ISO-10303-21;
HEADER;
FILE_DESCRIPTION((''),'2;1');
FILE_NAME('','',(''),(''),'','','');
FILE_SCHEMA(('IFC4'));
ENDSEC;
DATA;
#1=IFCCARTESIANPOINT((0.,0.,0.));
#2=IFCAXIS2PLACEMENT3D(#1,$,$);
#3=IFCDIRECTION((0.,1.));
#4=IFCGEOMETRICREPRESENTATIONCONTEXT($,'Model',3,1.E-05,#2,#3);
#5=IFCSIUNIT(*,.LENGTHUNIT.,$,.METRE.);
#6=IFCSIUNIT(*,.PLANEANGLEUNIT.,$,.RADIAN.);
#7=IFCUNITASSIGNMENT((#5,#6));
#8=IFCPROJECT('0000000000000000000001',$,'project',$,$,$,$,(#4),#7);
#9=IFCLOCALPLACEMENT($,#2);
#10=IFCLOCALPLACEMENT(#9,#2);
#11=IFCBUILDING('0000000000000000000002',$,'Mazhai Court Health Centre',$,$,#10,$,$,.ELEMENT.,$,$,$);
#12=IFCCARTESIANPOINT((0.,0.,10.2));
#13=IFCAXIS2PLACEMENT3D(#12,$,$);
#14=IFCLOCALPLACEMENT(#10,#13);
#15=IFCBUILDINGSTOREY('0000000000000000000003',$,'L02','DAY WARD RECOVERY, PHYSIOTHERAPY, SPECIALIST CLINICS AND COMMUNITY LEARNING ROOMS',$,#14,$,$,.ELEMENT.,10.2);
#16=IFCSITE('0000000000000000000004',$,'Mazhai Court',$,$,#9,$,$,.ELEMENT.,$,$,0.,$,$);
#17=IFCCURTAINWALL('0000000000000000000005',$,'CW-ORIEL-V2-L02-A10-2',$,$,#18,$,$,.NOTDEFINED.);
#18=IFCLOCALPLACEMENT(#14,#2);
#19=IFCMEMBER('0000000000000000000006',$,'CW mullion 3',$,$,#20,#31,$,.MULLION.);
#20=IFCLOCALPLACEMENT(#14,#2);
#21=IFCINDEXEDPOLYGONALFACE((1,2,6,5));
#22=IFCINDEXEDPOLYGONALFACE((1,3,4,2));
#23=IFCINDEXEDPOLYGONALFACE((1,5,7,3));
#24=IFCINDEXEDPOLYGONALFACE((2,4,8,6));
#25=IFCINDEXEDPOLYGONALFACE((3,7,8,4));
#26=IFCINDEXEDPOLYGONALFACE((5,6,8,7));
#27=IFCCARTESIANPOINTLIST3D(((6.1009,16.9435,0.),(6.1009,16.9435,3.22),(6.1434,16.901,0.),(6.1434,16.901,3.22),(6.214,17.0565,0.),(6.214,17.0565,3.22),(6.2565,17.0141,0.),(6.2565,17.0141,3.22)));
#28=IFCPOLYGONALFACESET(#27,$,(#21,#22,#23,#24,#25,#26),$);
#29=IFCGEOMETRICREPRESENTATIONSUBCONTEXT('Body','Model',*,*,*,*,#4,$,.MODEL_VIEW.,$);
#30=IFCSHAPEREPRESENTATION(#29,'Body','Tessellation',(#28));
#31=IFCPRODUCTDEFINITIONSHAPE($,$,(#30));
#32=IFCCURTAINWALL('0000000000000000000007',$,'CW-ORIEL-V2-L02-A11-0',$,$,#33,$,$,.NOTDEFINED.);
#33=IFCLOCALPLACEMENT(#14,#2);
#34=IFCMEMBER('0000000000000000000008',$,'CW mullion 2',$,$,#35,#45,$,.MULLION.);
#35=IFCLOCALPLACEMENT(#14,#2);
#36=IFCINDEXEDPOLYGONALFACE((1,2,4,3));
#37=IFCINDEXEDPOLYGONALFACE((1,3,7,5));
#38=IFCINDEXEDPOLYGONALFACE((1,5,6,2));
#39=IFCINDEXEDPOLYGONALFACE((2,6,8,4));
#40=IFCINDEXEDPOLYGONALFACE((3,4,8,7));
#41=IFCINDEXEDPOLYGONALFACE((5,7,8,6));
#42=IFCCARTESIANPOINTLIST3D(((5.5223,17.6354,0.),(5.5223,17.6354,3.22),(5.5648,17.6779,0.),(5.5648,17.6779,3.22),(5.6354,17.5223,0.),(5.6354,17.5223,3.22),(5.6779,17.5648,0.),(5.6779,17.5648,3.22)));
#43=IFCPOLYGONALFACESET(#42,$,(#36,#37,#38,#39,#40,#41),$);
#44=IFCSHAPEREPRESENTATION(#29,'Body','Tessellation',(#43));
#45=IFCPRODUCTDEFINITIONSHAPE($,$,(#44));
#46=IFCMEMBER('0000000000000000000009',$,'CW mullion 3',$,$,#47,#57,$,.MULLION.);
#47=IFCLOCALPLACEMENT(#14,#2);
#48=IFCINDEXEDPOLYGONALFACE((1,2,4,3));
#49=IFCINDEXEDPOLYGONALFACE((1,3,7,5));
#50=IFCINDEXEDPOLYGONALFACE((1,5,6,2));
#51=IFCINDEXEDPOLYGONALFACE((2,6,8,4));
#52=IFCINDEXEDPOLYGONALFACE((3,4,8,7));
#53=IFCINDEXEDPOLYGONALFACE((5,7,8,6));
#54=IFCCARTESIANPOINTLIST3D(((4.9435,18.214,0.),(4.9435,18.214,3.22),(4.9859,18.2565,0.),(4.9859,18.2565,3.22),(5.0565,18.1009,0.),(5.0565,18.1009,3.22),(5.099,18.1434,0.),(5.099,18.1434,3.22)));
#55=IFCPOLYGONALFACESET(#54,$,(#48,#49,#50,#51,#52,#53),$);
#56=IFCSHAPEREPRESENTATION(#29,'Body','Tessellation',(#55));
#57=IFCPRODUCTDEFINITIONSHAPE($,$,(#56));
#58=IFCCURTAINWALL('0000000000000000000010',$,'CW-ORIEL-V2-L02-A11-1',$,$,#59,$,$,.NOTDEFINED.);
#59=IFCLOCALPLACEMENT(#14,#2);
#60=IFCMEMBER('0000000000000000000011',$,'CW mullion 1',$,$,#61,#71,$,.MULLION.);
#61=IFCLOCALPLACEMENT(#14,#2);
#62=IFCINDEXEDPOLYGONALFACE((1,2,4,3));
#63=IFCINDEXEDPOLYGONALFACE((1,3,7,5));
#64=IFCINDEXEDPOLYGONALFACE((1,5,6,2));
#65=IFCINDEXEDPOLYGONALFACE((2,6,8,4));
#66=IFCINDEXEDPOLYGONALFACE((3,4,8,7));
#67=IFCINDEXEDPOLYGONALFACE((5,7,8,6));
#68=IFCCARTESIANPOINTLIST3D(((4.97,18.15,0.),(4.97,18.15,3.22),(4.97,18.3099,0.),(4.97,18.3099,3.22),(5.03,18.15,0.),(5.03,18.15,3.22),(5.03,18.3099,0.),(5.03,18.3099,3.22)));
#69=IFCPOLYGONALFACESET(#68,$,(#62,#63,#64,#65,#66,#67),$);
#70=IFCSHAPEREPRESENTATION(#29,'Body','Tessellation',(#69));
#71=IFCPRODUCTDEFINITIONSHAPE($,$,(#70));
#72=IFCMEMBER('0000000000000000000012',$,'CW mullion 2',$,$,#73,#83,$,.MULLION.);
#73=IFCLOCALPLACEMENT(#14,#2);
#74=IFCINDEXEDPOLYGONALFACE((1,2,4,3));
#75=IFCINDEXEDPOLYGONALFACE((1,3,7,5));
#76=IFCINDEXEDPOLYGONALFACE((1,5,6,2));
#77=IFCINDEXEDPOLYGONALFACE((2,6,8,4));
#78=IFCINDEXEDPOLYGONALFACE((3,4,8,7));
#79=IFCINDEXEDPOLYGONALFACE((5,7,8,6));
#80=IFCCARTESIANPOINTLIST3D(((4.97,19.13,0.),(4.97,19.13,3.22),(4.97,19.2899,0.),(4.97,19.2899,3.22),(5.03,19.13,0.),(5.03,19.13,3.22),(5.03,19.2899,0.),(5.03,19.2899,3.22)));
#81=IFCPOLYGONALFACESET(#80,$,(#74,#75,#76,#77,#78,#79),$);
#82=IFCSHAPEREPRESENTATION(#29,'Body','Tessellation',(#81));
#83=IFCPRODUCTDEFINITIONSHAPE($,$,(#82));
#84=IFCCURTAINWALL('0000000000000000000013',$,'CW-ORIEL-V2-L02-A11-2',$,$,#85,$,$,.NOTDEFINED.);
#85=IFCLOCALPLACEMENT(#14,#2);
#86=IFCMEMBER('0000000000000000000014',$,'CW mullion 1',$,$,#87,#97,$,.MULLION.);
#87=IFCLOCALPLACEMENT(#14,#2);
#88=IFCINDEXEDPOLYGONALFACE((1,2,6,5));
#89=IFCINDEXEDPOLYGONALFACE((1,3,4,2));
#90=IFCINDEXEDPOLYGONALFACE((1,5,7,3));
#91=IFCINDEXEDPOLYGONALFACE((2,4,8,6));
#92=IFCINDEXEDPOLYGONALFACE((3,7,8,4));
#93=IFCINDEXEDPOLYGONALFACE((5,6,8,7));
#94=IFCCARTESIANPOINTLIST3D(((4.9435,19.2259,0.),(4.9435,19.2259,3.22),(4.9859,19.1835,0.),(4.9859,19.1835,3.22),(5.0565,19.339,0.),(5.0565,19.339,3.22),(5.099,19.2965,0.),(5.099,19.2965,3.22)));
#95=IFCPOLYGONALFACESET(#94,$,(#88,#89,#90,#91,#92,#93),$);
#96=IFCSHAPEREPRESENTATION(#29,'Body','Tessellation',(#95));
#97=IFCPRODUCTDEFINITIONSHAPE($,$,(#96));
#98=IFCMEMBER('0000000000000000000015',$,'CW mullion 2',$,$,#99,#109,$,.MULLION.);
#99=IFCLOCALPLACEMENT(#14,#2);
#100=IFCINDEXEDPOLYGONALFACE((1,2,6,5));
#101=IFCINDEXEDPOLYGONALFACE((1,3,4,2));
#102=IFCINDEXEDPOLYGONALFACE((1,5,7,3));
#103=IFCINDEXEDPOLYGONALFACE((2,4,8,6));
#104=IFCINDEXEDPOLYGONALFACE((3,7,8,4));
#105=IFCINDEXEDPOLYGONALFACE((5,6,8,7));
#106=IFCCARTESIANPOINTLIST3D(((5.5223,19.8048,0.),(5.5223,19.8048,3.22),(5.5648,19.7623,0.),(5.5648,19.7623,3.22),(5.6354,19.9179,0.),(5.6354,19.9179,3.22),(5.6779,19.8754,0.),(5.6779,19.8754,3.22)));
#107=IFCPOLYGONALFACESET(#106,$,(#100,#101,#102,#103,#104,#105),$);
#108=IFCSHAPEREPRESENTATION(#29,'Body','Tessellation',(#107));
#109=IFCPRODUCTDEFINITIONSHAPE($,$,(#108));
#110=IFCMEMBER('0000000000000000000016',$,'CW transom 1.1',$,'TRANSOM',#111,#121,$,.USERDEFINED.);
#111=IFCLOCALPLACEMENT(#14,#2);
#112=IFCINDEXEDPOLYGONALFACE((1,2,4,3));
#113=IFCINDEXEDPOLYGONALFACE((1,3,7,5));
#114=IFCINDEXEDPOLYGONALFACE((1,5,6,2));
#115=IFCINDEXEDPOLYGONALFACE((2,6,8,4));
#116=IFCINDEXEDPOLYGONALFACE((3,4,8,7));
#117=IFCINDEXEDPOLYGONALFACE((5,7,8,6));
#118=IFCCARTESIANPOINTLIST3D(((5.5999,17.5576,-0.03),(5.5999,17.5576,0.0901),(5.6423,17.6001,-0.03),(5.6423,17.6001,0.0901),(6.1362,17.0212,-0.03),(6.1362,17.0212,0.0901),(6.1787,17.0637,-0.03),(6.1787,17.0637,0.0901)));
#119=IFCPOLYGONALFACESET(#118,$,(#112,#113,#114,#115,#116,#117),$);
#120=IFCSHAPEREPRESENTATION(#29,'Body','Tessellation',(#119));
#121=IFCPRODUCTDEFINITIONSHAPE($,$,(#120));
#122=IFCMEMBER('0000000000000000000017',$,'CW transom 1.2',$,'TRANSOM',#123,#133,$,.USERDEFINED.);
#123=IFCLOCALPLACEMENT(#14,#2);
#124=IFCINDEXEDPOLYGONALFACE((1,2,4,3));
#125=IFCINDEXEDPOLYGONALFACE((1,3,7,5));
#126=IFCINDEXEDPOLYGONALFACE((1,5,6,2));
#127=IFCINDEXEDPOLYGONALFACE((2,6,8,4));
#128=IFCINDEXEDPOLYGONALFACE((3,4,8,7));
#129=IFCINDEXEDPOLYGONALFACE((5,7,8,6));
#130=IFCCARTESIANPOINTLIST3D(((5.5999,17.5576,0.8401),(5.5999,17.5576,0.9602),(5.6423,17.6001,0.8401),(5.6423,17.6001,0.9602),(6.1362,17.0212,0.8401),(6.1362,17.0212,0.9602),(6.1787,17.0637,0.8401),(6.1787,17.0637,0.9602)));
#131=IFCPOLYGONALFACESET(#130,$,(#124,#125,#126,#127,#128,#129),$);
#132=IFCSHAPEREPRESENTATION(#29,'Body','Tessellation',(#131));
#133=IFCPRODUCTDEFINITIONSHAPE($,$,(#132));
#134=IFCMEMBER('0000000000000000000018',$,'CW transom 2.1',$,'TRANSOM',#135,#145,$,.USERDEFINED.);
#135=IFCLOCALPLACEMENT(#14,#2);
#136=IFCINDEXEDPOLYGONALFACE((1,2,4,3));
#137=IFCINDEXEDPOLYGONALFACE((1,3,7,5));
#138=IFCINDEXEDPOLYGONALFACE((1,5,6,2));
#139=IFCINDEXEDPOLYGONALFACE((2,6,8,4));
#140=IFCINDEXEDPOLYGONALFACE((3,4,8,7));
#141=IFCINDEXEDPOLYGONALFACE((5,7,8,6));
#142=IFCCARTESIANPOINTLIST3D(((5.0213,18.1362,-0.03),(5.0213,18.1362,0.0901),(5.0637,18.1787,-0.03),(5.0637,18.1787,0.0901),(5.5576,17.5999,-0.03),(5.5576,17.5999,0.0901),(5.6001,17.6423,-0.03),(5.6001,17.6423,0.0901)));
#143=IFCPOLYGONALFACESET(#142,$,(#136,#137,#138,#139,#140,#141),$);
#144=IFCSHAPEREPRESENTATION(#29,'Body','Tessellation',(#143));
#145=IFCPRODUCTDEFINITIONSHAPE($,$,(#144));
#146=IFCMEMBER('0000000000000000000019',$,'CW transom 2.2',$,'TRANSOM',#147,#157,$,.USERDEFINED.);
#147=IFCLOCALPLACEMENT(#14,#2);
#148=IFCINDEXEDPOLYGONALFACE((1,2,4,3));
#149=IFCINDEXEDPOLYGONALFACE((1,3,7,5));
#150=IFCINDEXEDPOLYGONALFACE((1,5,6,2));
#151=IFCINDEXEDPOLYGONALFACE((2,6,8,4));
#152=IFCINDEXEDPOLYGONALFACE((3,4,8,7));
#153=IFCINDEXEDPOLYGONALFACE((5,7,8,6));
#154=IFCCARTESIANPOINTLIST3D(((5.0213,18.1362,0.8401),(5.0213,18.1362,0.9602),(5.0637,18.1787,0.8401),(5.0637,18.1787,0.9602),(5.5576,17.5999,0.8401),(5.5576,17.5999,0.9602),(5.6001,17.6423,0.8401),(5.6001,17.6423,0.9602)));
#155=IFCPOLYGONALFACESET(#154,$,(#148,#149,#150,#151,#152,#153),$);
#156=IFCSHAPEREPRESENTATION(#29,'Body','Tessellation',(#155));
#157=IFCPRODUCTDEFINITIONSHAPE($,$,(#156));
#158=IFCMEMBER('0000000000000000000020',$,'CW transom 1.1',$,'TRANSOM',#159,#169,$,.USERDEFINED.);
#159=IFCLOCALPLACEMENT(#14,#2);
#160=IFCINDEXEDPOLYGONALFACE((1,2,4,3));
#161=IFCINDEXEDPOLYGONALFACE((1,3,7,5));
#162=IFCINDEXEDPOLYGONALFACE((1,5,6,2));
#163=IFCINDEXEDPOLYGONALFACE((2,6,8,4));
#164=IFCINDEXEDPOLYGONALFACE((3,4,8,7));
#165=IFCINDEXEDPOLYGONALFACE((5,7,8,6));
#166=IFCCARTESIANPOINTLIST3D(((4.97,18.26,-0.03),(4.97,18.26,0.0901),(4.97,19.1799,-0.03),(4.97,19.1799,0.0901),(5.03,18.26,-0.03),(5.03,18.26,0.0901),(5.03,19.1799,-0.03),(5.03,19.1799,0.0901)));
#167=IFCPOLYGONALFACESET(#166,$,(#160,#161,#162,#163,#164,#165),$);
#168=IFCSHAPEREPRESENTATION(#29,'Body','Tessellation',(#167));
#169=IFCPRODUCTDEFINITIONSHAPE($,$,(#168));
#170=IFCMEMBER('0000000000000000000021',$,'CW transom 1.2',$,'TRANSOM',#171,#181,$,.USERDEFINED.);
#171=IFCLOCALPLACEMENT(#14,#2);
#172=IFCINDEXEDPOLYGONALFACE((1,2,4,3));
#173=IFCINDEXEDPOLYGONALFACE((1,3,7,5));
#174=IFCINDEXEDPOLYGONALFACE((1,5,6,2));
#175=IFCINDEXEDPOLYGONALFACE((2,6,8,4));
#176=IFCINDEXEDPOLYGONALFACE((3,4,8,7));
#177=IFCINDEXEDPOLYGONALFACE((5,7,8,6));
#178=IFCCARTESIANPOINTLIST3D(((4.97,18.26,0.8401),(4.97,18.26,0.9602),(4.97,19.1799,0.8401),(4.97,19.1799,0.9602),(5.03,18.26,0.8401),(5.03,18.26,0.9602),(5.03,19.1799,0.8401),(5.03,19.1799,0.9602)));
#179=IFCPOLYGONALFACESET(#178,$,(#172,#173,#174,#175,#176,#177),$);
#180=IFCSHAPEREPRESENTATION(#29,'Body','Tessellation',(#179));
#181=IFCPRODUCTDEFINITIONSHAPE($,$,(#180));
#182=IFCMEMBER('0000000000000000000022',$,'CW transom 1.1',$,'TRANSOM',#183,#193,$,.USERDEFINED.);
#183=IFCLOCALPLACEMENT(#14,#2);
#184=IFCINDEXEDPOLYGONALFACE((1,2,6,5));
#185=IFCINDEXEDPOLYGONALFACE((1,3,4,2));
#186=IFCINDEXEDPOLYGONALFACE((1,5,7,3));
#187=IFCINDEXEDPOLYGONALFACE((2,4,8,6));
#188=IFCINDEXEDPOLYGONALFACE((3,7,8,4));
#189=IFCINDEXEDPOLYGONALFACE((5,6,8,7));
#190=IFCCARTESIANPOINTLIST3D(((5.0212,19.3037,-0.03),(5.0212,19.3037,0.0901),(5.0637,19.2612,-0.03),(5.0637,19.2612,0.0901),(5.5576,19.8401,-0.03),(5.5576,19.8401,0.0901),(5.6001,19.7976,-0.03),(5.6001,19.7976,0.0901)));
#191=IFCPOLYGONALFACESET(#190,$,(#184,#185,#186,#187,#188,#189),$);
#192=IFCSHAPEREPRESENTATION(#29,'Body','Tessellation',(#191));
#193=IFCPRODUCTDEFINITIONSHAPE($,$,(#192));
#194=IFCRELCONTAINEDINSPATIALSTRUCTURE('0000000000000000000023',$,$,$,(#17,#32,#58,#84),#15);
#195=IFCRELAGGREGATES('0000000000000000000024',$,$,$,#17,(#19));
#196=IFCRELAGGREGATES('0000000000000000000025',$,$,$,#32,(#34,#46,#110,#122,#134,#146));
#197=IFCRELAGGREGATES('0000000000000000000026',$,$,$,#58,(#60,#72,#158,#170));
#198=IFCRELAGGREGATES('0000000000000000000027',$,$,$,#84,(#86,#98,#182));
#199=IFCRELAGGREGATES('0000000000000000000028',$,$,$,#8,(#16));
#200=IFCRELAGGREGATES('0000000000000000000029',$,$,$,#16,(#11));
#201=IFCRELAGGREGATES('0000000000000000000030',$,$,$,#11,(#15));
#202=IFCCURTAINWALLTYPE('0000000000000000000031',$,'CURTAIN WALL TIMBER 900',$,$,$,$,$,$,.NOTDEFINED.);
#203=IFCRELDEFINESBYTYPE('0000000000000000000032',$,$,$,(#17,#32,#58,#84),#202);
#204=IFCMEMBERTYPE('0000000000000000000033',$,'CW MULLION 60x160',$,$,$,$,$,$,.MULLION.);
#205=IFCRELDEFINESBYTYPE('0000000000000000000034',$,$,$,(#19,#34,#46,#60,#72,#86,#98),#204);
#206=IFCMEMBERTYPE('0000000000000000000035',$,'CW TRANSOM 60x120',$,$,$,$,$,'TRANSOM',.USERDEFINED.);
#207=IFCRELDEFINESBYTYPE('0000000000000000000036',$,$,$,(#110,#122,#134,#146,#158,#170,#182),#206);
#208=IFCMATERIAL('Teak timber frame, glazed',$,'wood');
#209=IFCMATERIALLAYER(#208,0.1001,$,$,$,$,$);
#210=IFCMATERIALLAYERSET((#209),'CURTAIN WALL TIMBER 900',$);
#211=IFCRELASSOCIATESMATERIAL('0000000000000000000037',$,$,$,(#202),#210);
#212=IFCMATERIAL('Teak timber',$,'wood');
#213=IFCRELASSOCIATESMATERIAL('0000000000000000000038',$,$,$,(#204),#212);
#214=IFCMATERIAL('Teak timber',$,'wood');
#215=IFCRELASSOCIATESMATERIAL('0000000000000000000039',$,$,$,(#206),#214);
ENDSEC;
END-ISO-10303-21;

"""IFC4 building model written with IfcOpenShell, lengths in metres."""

from ifc_helpers import new_model, si_unit, direction, frame, origin, origin_2d, place, context, subcontext, project, spatial, rectangle, extrude, material, layer, layer_set, material_profile, profile_set, type_object, element, aggregate, save


model = new_model("IFC4")

# Units and contexts
model_context = context("Model", 3, precision=1e-05, world=origin(), true_north=direction((0.0, 1.0)))
body_context = subcontext(model_context, "Body", "Model", "MODEL_VIEW")
ifc_project = project(units=[si_unit("LENGTHUNIT", "METRE"), si_unit("PLANEANGLEUNIT", "RADIAN")], contexts=[model_context])

# Site, building, storey
site_placement = place(None, origin())
site = spatial("IfcSite", under=ifc_project, at=site_placement, Name="Mazhai Court", CompositionType="ELEMENT", RefElevation=0.0)
building_placement = place(site_placement, origin())
building = spatial("IfcBuilding", under=site, at=building_placement, Name="Mazhai Court Health Centre", CompositionType="ELEMENT")
storey_placement = place(building_placement, frame((0.0, 0.0, 10.2)))
storey = spatial("IfcBuildingStorey", under=building, at=storey_placement, Name="L02", Description="DAY WARD RECOVERY, PHYSIOTHERAPY, SPECIALIST CLINICS AND COMMUNITY LEARNING ROOMS", CompositionType="ELEMENT", Elevation=10.2)

# Curtain wall, member
ifc_material_1 = material(Name="Teak timber frame, glazed", Category="wood")
ifc_layer_1 = layer(ifc_material_1, 0.1001)
ifc_layer_set_1 = layer_set([ifc_layer_1], Name="CURTAIN WALL TIMBER 900")
curtain_wall_type = type_object("IfcCurtainWallType", Name="CURTAIN WALL TIMBER 900", PredefinedType="NOTDEFINED", material=ifc_layer_set_1)
curtain_wall_1_placement = place(storey_placement, origin())
curtain_wall_1 = element("IfcCurtainWall", 1, at=curtain_wall_1_placement, inside=storey, type_object=curtain_wall_type, Name="CW-ORIEL-V2-L02-A10-2", PredefinedType="NOTDEFINED")
ifc_material_2 = material(Name="Teak timber", Category="wood")
ifc_material_profile_1 = material_profile(ifc_material_2, rectangle(XDim=0.0601, YDim=0.1599, at=origin_2d()), Name="CW MULLION 60x160")
ifc_profile_set_1 = profile_set([ifc_material_profile_1], Name="Teak timber")
member_type_1 = type_object("IfcMemberType", Name="CW MULLION 60x160", PredefinedType="MULLION", material=ifc_profile_set_1)
member_1_placement = place(storey_placement, frame((6.1787, 16.9788, 0.0), z_axis=(0.0, 0.0, 1.0), x_axis=(-0.707107, 0.707107, 0.0)))
member_1 = element("IfcMember", 2, at=member_1_placement, type_object=member_type_1, Name="CW mullion 3", PredefinedType="MULLION", context=body_context, shape_type="SweptSolid", body=[
    extrude(rectangle(XDim=0.0601, YDim=0.1599, at=origin_2d()), origin(), (0.0, 0.0, 1.0), 3.22),
])
aggregate(curtain_wall_1, [member_1])

# Curtain walls, members
curtain_wall_2_placement = place(storey_placement, origin())
curtain_wall_2 = element("IfcCurtainWall", 3, at=curtain_wall_2_placement, inside=storey, type_object=curtain_wall_type, Name="CW-ORIEL-V2-L02-A11-0", PredefinedType="NOTDEFINED")
member_2_placement = place(storey_placement, frame((5.6001, 17.6001, 0.0), z_axis=(0.0, 0.0, 1.0), x_axis=(-0.707107, -0.707107, 0.0)))
member_2 = element("IfcMember", 4, at=member_2_placement, type_object=member_type_1, Name="CW mullion 2", PredefinedType="MULLION", context=body_context, shape_type="SweptSolid", body=[
    extrude(rectangle(XDim=0.0601, YDim=0.1599, at=origin_2d()), origin(), (0.0, 0.0, 1.0), 3.22),
])
member_3_placement = place(storey_placement, frame((5.0212, 18.1787, 0.0), z_axis=(0.0, 0.0, 1.0), x_axis=(-0.707107, -0.707107, 0.0)))
member_3 = element("IfcMember", 5, at=member_3_placement, type_object=member_type_1, Name="CW mullion 3", PredefinedType="MULLION", context=body_context, shape_type="SweptSolid", body=[
    extrude(rectangle(XDim=0.0601, YDim=0.1599, at=origin_2d()), origin(), (0.0, 0.0, 1.0), 3.22),
])
curtain_wall_3_placement = place(storey_placement, origin())
curtain_wall_3 = element("IfcCurtainWall", 6, at=curtain_wall_3_placement, inside=storey, type_object=curtain_wall_type, Name="CW-ORIEL-V2-L02-A11-1", PredefinedType="NOTDEFINED")
member_4_placement = place(storey_placement, frame((5.0, 18.23, 0.0), z_axis=(0.0, 0.0, 1.0), x_axis=(-1.0, 0.0, 0.0)))
member_4 = element("IfcMember", 7, at=member_4_placement, type_object=member_type_1, Name="CW mullion 1", PredefinedType="MULLION", context=body_context, shape_type="SweptSolid", body=[
    extrude(rectangle(XDim=0.0601, YDim=0.1599, at=origin_2d()), origin(), (0.0, 0.0, 1.0), 3.22),
])
member_5_placement = place(storey_placement, frame((5.0, 19.21, 0.0), z_axis=(0.0, 0.0, 1.0), x_axis=(-1.0, 0.0, 0.0)))
member_5 = element("IfcMember", 8, at=member_5_placement, type_object=member_type_1, Name="CW mullion 2", PredefinedType="MULLION", context=body_context, shape_type="SweptSolid", body=[
    extrude(rectangle(XDim=0.0601, YDim=0.1599, at=origin_2d()), origin(), (0.0, 0.0, 1.0), 3.22),
])
curtain_wall_4_placement = place(storey_placement, origin())
curtain_wall_4 = element("IfcCurtainWall", 9, at=curtain_wall_4_placement, inside=storey, type_object=curtain_wall_type, Name="CW-ORIEL-V2-L02-A11-2", PredefinedType="NOTDEFINED")
member_6_placement = place(storey_placement, frame((5.0212, 19.2612, 0.0), z_axis=(0.0, 0.0, 1.0), x_axis=(-0.707107, 0.707107, 0.0)))
member_6 = element("IfcMember", 10, at=member_6_placement, type_object=member_type_1, Name="CW mullion 1", PredefinedType="MULLION", context=body_context, shape_type="SweptSolid", body=[
    extrude(rectangle(XDim=0.0601, YDim=0.1599, at=origin_2d()), origin(), (0.0, 0.0, 1.0), 3.22),
])
member_7_placement = place(storey_placement, frame((5.6001, 19.8401, 0.0), z_axis=(0.0, 0.0, 1.0), x_axis=(-0.707107, 0.707107, 0.0)))
member_7 = element("IfcMember", 11, at=member_7_placement, type_object=member_type_1, Name="CW mullion 2", PredefinedType="MULLION", context=body_context, shape_type="SweptSolid", body=[
    extrude(rectangle(XDim=0.0601, YDim=0.1599, at=origin_2d()), origin(), (0.0, 0.0, 1.0), 3.22),
])

# Members
ifc_material_3 = material(Name="Teak timber", Category="wood")
ifc_material_profile_2 = material_profile(ifc_material_3, rectangle(XDim=0.0601, YDim=0.1201, at=origin_2d()), Name="CW TRANSOM 60x120")
ifc_profile_set_2 = profile_set([ifc_material_profile_2], Name="Teak timber")
member_type_2 = type_object("IfcMemberType", Name="CW TRANSOM 60x120", ElementType="TRANSOM", PredefinedType="USERDEFINED", material=ifc_profile_set_2)
member_8_placement = place(storey_placement, frame((6.1575, 17.0425, 0.03), z_axis=(-0.707107, 0.707107, 0.0), x_axis=(-0.707107, -0.707107, 0.0)))
member_8 = element("IfcMember", 12, at=member_8_placement, type_object=member_type_2, Name="CW transom 1.1", ObjectType="TRANSOM", PredefinedType="USERDEFINED", context=body_context, shape_type="SweptSolid", body=[
    extrude(rectangle(XDim=0.0601, YDim=0.1201, at=origin_2d()), origin(), (0.0, 0.0, 1.0), 0.7585),
])
member_9_placement = place(storey_placement, frame((6.1575, 17.0425, 0.9001), z_axis=(-0.707107, 0.707107, 0.0), x_axis=(-0.707107, -0.707107, 0.0)))
member_9 = element("IfcMember", 13, at=member_9_placement, type_object=member_type_2, Name="CW transom 1.2", ObjectType="TRANSOM", PredefinedType="USERDEFINED", context=body_context, shape_type="SweptSolid", body=[
    extrude(rectangle(XDim=0.0601, YDim=0.1201, at=origin_2d()), origin(), (0.0, 0.0, 1.0), 0.7585),
])
member_10_placement = place(storey_placement, frame((5.5789, 17.6211, 0.03), z_axis=(-0.707107, 0.707107, 0.0), x_axis=(-0.707107, -0.707107, 0.0)))
member_10 = element("IfcMember", 14, at=member_10_placement, type_object=member_type_2, Name="CW transom 2.1", ObjectType="TRANSOM", PredefinedType="USERDEFINED", context=body_context, shape_type="SweptSolid", body=[
    extrude(rectangle(XDim=0.0601, YDim=0.1201, at=origin_2d()), origin(), (0.0, 0.0, 1.0), 0.7585),
])
member_11_placement = place(storey_placement, frame((5.5789, 17.6211, 0.9001), z_axis=(-0.707107, 0.707107, 0.0), x_axis=(-0.707107, -0.707107, 0.0)))
member_11 = element("IfcMember", 15, at=member_11_placement, type_object=member_type_2, Name="CW transom 2.2", ObjectType="TRANSOM", PredefinedType="USERDEFINED", context=body_context, shape_type="SweptSolid", body=[
    extrude(rectangle(XDim=0.0601, YDim=0.1201, at=origin_2d()), origin(), (0.0, 0.0, 1.0), 0.7585),
])
member_12_placement = place(storey_placement, frame((5.0, 18.26, 0.03), z_axis=(0.0, 1.0, 0.0), x_axis=(-1.0, 0.0, 0.0)))
member_12 = element("IfcMember", 16, at=member_12_placement, type_object=member_type_2, Name="CW transom 1.1", ObjectType="TRANSOM", PredefinedType="USERDEFINED", context=body_context, shape_type="SweptSolid", body=[
    extrude(rectangle(XDim=0.0601, YDim=0.1201, at=origin_2d()), origin(), (0.0, 0.0, 1.0), 0.9199),
])
member_13_placement = place(storey_placement, frame((5.0, 18.26, 0.9001), z_axis=(0.0, 1.0, 0.0), x_axis=(-1.0, 0.0, 0.0)))
member_13 = element("IfcMember", 17, at=member_13_placement, type_object=member_type_2, Name="CW transom 1.2", ObjectType="TRANSOM", PredefinedType="USERDEFINED", context=body_context, shape_type="SweptSolid", body=[
    extrude(rectangle(XDim=0.0601, YDim=0.1201, at=origin_2d()), origin(), (0.0, 0.0, 1.0), 0.9199),
])
member_14_placement = place(storey_placement, frame((5.0425, 19.2825, 0.03), z_axis=(0.707107, 0.707107, 0.0), x_axis=(-0.707107, 0.707107, 0.0)))
member_14 = element("IfcMember", 18, at=member_14_placement, type_object=member_type_2, Name="CW transom 1.1", ObjectType="TRANSOM", PredefinedType="USERDEFINED", context=body_context, shape_type="SweptSolid", body=[
    extrude(rectangle(XDim=0.0601, YDim=0.1201, at=origin_2d()), origin(), (0.0, 0.0, 1.0), 0.7585),
])

aggregate(curtain_wall_2, [member_2, member_3, member_8, member_9, member_10, member_11])
aggregate(curtain_wall_3, [member_4, member_5, member_12, member_13])
aggregate(curtain_wall_4, [member_6, member_7, member_14])

save(model, "model.ifc")
